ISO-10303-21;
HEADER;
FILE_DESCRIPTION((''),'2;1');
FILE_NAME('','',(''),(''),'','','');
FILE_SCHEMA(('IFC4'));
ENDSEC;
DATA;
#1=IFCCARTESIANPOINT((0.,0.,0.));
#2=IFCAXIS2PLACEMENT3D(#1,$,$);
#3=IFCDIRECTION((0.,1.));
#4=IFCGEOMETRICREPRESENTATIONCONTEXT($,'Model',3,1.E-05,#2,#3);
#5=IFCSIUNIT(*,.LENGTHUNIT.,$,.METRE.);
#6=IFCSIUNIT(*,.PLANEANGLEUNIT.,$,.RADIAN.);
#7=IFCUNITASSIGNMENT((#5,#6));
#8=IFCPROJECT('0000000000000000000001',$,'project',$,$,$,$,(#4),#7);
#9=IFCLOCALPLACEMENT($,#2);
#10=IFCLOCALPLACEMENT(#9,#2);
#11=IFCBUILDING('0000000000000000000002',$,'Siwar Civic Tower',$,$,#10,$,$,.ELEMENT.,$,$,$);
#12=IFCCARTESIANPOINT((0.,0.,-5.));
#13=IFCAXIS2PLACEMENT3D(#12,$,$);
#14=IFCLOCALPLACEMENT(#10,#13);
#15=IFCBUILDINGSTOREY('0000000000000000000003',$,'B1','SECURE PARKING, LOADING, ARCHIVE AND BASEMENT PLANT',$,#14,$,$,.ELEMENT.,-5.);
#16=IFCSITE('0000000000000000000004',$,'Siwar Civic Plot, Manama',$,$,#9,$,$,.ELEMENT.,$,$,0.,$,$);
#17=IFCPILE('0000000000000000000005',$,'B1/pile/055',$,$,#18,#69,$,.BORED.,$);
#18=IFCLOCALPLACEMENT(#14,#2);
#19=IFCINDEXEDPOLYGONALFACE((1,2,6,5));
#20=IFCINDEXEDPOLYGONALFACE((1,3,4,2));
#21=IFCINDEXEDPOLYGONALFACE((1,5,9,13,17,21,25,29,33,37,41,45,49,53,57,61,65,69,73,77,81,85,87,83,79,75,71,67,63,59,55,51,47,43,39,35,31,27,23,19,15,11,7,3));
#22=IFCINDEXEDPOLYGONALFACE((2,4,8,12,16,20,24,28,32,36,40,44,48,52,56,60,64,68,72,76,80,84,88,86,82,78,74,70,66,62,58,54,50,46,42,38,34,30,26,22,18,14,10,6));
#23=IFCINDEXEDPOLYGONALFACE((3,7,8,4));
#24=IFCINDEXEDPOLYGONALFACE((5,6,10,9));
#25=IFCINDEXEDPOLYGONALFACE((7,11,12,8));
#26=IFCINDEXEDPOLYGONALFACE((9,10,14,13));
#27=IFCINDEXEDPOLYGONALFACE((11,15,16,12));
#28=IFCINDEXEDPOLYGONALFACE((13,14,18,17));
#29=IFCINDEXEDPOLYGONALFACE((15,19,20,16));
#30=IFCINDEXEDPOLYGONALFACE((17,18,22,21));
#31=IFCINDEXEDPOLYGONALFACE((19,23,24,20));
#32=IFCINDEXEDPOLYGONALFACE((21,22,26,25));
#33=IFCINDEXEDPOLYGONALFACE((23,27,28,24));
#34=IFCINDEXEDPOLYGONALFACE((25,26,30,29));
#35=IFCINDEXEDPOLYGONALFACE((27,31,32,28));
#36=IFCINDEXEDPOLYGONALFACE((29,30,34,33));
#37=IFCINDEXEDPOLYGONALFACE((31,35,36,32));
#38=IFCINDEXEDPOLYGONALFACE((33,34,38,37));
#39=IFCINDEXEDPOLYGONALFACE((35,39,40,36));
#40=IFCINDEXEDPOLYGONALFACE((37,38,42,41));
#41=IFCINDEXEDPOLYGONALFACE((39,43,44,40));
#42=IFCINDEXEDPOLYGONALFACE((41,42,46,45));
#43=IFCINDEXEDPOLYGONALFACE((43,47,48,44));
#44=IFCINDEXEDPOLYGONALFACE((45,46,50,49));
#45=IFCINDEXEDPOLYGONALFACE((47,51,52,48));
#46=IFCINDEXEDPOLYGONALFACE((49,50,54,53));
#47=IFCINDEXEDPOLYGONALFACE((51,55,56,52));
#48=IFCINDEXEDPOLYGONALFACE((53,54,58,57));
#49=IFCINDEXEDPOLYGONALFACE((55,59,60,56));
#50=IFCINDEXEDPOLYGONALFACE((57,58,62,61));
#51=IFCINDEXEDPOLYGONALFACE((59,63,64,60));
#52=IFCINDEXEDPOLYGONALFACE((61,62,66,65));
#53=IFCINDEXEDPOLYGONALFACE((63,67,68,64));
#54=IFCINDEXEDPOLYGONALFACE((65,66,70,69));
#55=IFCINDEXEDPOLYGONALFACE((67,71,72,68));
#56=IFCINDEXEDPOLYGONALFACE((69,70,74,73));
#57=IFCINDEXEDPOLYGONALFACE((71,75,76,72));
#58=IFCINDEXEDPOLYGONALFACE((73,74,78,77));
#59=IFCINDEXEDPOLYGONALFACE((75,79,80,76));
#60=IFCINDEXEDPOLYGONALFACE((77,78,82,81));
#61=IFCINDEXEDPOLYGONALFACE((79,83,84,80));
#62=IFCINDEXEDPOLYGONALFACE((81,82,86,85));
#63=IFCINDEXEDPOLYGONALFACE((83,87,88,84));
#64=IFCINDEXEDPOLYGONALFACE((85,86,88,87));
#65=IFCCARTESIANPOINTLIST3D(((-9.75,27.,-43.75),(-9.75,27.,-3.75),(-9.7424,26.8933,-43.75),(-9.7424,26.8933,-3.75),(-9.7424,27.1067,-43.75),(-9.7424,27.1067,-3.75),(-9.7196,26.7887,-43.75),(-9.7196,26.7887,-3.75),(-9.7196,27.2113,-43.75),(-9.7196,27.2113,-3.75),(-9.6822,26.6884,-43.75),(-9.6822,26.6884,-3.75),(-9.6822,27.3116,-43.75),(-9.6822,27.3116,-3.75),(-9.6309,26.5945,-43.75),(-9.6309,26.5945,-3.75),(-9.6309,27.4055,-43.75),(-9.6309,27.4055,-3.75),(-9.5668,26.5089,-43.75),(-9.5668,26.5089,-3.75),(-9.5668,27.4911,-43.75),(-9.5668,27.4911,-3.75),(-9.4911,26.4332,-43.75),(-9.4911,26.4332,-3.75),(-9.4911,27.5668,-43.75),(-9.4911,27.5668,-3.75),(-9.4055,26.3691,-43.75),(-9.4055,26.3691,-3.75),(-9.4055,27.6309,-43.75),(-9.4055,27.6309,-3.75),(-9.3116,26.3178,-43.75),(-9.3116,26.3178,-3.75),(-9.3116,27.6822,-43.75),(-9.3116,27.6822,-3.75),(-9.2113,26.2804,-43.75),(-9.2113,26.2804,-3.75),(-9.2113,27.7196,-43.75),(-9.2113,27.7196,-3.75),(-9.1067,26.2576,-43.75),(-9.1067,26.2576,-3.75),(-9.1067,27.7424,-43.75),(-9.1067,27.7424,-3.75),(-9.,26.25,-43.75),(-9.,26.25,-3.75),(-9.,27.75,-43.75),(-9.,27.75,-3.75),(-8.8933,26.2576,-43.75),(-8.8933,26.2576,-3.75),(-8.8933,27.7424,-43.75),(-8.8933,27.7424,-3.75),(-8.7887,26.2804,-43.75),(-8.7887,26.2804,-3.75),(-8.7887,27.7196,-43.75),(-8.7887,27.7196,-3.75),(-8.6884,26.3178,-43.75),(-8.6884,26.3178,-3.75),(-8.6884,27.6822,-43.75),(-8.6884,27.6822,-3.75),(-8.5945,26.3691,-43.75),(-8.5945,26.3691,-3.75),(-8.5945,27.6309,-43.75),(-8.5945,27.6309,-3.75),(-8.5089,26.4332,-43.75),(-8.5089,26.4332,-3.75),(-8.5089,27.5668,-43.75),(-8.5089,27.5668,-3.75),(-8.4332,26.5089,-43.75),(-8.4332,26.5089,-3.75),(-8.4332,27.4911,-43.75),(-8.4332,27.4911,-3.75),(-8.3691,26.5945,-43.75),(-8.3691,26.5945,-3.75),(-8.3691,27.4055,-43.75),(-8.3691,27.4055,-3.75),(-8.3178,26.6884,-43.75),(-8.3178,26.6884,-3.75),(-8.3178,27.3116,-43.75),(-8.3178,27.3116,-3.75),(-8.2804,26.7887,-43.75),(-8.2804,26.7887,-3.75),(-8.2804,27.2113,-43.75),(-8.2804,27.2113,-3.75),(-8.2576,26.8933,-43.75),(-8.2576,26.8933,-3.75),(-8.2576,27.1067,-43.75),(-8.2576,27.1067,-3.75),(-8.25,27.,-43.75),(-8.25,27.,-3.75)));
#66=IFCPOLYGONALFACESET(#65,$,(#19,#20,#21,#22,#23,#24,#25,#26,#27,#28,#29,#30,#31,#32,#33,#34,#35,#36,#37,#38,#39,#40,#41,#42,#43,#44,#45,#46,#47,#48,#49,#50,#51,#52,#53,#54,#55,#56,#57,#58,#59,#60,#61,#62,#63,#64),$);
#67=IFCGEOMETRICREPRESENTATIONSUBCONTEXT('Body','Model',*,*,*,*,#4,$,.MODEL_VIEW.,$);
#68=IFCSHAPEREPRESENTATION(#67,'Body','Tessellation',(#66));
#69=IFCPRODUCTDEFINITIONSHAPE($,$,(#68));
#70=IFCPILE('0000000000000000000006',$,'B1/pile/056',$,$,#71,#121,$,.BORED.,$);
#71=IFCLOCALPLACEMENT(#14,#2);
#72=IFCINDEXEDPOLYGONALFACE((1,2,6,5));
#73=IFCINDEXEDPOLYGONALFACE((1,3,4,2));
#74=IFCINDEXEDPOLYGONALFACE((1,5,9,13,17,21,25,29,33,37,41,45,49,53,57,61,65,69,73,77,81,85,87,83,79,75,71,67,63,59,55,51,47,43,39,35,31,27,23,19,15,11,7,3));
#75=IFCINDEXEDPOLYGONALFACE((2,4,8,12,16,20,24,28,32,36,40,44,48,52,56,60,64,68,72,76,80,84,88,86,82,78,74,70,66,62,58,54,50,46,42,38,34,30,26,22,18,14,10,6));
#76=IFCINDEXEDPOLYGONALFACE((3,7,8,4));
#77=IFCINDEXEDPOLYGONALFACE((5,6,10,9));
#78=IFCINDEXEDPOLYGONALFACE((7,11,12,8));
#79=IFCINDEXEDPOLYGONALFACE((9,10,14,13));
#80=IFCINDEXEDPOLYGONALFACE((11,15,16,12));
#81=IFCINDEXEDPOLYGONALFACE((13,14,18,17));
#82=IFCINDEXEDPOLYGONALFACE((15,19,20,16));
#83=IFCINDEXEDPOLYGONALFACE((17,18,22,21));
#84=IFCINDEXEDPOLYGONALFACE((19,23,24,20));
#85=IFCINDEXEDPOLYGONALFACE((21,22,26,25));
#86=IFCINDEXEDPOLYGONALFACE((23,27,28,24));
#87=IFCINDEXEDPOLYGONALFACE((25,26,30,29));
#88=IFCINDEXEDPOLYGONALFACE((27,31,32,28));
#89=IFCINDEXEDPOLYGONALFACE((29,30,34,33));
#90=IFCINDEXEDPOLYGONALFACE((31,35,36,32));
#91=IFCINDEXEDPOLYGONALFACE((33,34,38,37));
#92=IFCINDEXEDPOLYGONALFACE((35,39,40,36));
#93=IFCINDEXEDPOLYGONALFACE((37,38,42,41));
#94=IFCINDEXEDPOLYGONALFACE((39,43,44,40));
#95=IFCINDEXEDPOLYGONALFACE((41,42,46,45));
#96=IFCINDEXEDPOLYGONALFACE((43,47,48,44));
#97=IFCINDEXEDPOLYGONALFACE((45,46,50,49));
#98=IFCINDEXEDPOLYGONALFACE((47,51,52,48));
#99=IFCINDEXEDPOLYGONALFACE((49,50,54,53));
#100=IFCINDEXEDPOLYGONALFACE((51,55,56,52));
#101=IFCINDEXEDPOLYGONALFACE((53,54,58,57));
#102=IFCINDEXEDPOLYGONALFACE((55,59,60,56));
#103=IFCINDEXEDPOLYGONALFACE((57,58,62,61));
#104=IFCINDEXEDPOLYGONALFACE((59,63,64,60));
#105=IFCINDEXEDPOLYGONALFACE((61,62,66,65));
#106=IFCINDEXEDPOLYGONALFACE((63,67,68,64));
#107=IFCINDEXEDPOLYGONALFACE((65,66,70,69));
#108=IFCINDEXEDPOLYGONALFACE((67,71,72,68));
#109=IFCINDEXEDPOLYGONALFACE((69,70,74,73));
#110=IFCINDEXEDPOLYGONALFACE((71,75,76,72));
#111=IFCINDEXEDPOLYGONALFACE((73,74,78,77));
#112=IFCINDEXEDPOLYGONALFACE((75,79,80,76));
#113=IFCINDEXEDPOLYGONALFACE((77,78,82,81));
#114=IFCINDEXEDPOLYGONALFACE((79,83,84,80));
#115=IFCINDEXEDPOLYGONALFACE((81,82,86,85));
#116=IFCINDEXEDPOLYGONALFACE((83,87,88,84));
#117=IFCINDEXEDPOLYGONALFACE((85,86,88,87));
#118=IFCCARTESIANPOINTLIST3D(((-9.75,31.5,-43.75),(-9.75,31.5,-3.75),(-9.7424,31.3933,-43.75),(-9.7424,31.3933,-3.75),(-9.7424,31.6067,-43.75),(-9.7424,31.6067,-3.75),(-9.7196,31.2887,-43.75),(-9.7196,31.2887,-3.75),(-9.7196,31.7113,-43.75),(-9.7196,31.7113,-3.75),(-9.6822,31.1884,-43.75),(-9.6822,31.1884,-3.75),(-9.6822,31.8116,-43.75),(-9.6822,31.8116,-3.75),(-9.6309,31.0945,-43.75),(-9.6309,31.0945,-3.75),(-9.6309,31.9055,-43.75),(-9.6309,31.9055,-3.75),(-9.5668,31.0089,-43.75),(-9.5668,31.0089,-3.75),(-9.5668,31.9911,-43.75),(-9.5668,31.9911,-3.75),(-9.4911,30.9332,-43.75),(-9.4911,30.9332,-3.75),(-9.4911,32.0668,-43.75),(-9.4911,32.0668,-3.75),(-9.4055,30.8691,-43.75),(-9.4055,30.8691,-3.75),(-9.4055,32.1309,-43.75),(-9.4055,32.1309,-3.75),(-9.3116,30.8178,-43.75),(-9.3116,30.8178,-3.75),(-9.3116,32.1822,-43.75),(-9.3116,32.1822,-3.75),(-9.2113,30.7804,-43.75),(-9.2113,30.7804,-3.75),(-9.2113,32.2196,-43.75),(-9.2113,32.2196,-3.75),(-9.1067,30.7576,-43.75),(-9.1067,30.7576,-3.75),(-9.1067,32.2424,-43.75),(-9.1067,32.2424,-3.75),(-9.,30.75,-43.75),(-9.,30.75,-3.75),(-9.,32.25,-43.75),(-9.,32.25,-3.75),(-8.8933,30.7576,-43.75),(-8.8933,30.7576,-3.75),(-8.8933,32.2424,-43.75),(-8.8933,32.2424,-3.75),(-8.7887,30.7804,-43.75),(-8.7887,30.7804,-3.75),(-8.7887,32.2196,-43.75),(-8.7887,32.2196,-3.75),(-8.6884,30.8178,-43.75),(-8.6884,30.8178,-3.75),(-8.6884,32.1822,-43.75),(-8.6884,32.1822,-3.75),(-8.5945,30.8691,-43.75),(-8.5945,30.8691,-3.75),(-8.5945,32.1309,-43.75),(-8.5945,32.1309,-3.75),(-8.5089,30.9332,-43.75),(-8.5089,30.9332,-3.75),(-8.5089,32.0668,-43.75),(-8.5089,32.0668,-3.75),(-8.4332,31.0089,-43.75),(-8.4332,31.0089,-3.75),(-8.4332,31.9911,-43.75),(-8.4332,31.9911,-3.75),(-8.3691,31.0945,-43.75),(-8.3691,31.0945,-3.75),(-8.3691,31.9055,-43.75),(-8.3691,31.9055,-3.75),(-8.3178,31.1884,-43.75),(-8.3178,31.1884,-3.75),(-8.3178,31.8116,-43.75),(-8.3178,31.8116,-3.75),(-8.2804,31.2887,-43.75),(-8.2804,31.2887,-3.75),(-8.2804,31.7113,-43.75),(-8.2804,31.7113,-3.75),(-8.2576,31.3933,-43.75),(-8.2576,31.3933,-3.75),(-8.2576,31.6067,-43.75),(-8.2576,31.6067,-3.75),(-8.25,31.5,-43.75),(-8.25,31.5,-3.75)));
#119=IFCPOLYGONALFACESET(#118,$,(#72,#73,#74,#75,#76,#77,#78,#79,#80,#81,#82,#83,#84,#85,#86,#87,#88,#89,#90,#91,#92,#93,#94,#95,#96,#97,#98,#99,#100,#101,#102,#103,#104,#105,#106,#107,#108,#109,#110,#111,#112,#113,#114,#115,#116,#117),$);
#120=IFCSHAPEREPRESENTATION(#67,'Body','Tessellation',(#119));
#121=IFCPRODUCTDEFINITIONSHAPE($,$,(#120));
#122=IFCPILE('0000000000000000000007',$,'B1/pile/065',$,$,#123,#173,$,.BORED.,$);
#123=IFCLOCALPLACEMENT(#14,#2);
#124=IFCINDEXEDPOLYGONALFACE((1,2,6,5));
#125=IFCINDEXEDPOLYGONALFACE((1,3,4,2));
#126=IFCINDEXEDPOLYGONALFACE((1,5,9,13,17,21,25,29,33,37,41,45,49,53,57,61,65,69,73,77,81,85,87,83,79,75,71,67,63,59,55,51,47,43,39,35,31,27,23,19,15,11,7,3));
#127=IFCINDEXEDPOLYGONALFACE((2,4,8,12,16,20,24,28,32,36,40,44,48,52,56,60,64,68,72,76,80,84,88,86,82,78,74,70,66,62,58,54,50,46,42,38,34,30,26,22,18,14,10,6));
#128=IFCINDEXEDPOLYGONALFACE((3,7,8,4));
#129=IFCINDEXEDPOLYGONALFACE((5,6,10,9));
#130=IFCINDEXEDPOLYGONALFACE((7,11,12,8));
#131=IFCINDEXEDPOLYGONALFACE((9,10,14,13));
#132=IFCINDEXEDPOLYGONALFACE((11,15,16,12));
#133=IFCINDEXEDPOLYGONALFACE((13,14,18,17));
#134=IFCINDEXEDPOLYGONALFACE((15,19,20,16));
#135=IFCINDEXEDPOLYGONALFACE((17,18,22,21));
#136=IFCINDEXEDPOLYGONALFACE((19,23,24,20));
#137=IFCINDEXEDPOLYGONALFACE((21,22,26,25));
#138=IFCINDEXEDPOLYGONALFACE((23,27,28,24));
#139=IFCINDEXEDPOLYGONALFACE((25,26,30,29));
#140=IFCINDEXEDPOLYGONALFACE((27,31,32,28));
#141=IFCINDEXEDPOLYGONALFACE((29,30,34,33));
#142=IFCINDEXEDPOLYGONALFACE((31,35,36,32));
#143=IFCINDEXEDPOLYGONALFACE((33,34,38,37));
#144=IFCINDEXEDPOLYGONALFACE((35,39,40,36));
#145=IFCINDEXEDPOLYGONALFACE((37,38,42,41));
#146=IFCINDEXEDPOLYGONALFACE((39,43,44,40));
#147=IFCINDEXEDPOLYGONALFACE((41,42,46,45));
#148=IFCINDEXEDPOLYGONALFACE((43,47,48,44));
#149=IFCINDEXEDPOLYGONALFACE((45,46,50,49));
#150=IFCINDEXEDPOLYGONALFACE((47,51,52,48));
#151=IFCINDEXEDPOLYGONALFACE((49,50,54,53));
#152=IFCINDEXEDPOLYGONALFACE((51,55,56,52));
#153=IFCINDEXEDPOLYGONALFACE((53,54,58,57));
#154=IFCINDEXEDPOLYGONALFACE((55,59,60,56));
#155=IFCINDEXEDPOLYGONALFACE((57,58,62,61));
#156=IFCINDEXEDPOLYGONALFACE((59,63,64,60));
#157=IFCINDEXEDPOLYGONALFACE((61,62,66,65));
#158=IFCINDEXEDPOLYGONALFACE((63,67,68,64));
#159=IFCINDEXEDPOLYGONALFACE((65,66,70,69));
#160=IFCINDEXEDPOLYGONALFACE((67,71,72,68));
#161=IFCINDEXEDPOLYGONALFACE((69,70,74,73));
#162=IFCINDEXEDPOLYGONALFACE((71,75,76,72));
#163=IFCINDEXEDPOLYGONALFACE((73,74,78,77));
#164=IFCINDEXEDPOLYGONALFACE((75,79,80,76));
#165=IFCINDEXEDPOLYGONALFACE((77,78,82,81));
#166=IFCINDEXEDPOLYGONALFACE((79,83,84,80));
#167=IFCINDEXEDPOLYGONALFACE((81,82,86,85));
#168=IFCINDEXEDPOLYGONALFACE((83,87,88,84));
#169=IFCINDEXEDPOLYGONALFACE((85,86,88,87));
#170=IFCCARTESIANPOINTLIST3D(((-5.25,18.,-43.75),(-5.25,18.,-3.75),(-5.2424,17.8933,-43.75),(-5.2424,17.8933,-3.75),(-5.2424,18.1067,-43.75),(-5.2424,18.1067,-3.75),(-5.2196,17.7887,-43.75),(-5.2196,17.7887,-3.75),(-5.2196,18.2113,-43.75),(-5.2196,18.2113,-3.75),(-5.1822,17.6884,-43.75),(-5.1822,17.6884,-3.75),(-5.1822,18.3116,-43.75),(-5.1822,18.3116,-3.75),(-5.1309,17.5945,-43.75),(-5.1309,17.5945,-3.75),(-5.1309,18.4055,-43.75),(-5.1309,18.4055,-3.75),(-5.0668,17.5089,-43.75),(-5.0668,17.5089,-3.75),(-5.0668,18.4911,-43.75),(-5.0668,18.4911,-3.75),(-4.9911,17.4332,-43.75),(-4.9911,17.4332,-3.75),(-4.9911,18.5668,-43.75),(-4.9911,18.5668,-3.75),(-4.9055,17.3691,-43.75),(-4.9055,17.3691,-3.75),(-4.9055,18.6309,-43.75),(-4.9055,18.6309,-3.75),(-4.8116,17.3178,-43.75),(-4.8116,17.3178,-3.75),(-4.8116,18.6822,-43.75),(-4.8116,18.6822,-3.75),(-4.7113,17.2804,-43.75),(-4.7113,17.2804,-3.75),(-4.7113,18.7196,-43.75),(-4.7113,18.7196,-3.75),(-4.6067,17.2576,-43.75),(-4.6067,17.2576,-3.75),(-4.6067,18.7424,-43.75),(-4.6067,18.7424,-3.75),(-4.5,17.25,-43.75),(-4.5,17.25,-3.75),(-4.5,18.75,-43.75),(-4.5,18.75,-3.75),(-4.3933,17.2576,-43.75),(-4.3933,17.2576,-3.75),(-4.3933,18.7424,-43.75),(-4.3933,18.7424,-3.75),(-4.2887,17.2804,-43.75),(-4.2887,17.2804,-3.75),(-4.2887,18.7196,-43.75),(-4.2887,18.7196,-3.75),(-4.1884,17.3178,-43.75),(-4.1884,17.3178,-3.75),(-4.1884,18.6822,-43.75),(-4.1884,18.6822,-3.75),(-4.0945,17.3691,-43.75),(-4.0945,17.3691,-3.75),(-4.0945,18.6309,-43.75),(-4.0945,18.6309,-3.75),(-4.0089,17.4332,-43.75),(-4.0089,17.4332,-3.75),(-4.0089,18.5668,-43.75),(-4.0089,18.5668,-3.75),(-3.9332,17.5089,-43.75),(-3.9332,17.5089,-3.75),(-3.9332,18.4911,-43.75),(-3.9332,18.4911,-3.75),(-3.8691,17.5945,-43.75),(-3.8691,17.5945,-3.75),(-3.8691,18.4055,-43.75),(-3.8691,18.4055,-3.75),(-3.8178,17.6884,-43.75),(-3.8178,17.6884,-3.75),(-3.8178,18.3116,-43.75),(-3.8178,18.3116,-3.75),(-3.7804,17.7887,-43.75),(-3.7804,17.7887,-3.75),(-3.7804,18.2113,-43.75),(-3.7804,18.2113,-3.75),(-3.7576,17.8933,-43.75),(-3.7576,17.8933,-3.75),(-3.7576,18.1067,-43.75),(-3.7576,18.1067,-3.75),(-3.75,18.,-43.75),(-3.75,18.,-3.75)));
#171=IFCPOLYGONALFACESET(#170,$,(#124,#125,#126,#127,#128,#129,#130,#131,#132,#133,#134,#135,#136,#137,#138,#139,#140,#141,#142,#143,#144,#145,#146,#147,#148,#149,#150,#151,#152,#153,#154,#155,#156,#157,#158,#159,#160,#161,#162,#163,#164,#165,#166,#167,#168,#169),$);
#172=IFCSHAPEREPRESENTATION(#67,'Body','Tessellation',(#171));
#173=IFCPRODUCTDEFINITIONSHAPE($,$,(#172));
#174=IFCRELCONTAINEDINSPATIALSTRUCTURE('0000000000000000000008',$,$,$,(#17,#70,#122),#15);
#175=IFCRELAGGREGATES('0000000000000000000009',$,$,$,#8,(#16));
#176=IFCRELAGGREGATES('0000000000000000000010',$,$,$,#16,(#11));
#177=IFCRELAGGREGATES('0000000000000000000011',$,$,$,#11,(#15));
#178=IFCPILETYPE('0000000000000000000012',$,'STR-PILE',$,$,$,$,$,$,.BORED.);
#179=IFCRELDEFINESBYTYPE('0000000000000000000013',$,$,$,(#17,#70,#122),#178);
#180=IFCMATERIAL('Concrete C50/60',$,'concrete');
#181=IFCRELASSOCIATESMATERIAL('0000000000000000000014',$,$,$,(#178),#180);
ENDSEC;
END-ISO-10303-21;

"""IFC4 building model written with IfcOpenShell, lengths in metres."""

from ifc_helpers import new_model, si_unit, direction, frame, origin, origin_2d, place, context, subcontext, project, spatial, circle, extrude, material, material_profile, profile_set, type_object, element, save


model = new_model("IFC4")

# Units and contexts
model_context = context("Model", 3, precision=1e-05, world=origin(), true_north=direction((0.0, 1.0)))
body_context = subcontext(model_context, "Body", "Model", "MODEL_VIEW")
ifc_project = project(units=[si_unit("LENGTHUNIT", "METRE"), si_unit("PLANEANGLEUNIT", "RADIAN")], contexts=[model_context])

# Site, building, storey
site_placement = place(None, origin())
site = spatial("IfcSite", under=ifc_project, at=site_placement, Name="Siwar Civic Plot, Manama", CompositionType="ELEMENT", RefElevation=0.0)
building_placement = place(site_placement, origin())
building = spatial("IfcBuilding", under=site, at=building_placement, Name="Siwar Civic Tower", CompositionType="ELEMENT")
storey_placement = place(building_placement, frame((0.0, 0.0, -5.0)))
storey = spatial("IfcBuildingStorey", under=building, at=storey_placement, Name="B1", Description="SECURE PARKING, LOADING, ARCHIVE AND BASEMENT PLANT", CompositionType="ELEMENT", Elevation=-5.0)

# Piles
ifc_material_1 = material(Name="Concrete C50/60", Category="concrete")
ifc_material_profile_1 = material_profile(ifc_material_1, circle(Radius=0.75, at=origin_2d()), Name="PILE1500")
ifc_profile_set_1 = profile_set([ifc_material_profile_1], Name="Concrete C50/60")
pile_type = type_object("IfcPileType", Name="STR-PILE", PredefinedType="BORED", material=ifc_profile_set_1)
for number, where, z_axis, x_axis, name in (
    (1, (-9.0, 27.0, -3.75), (0.0, 0.0, -1.0), (1.0, 0.0, 0.0), "B1/pile/055"),
    (2, (-9.0, 31.5, -3.75), (0.0, 0.0, -1.0), (1.0, 0.0, 0.0), "B1/pile/056"),
    (3, (-4.5, 18.0, -3.75), (0.0, 0.0, -1.0), (1.0, 0.0, 0.0), "B1/pile/065"),
):
    element("IfcPile", number, at=place(storey_placement, frame(where, z_axis=z_axis, x_axis=x_axis)), inside=storey, type_object=pile_type, Name=name, PredefinedType="BORED", context=body_context, shape_type="SweptSolid", body=[
        extrude(circle(Radius=0.75, at=origin_2d()), origin(), (0.0, 0.0, 1.0), 40.0),
    ])

save(model, "model.ifc")
